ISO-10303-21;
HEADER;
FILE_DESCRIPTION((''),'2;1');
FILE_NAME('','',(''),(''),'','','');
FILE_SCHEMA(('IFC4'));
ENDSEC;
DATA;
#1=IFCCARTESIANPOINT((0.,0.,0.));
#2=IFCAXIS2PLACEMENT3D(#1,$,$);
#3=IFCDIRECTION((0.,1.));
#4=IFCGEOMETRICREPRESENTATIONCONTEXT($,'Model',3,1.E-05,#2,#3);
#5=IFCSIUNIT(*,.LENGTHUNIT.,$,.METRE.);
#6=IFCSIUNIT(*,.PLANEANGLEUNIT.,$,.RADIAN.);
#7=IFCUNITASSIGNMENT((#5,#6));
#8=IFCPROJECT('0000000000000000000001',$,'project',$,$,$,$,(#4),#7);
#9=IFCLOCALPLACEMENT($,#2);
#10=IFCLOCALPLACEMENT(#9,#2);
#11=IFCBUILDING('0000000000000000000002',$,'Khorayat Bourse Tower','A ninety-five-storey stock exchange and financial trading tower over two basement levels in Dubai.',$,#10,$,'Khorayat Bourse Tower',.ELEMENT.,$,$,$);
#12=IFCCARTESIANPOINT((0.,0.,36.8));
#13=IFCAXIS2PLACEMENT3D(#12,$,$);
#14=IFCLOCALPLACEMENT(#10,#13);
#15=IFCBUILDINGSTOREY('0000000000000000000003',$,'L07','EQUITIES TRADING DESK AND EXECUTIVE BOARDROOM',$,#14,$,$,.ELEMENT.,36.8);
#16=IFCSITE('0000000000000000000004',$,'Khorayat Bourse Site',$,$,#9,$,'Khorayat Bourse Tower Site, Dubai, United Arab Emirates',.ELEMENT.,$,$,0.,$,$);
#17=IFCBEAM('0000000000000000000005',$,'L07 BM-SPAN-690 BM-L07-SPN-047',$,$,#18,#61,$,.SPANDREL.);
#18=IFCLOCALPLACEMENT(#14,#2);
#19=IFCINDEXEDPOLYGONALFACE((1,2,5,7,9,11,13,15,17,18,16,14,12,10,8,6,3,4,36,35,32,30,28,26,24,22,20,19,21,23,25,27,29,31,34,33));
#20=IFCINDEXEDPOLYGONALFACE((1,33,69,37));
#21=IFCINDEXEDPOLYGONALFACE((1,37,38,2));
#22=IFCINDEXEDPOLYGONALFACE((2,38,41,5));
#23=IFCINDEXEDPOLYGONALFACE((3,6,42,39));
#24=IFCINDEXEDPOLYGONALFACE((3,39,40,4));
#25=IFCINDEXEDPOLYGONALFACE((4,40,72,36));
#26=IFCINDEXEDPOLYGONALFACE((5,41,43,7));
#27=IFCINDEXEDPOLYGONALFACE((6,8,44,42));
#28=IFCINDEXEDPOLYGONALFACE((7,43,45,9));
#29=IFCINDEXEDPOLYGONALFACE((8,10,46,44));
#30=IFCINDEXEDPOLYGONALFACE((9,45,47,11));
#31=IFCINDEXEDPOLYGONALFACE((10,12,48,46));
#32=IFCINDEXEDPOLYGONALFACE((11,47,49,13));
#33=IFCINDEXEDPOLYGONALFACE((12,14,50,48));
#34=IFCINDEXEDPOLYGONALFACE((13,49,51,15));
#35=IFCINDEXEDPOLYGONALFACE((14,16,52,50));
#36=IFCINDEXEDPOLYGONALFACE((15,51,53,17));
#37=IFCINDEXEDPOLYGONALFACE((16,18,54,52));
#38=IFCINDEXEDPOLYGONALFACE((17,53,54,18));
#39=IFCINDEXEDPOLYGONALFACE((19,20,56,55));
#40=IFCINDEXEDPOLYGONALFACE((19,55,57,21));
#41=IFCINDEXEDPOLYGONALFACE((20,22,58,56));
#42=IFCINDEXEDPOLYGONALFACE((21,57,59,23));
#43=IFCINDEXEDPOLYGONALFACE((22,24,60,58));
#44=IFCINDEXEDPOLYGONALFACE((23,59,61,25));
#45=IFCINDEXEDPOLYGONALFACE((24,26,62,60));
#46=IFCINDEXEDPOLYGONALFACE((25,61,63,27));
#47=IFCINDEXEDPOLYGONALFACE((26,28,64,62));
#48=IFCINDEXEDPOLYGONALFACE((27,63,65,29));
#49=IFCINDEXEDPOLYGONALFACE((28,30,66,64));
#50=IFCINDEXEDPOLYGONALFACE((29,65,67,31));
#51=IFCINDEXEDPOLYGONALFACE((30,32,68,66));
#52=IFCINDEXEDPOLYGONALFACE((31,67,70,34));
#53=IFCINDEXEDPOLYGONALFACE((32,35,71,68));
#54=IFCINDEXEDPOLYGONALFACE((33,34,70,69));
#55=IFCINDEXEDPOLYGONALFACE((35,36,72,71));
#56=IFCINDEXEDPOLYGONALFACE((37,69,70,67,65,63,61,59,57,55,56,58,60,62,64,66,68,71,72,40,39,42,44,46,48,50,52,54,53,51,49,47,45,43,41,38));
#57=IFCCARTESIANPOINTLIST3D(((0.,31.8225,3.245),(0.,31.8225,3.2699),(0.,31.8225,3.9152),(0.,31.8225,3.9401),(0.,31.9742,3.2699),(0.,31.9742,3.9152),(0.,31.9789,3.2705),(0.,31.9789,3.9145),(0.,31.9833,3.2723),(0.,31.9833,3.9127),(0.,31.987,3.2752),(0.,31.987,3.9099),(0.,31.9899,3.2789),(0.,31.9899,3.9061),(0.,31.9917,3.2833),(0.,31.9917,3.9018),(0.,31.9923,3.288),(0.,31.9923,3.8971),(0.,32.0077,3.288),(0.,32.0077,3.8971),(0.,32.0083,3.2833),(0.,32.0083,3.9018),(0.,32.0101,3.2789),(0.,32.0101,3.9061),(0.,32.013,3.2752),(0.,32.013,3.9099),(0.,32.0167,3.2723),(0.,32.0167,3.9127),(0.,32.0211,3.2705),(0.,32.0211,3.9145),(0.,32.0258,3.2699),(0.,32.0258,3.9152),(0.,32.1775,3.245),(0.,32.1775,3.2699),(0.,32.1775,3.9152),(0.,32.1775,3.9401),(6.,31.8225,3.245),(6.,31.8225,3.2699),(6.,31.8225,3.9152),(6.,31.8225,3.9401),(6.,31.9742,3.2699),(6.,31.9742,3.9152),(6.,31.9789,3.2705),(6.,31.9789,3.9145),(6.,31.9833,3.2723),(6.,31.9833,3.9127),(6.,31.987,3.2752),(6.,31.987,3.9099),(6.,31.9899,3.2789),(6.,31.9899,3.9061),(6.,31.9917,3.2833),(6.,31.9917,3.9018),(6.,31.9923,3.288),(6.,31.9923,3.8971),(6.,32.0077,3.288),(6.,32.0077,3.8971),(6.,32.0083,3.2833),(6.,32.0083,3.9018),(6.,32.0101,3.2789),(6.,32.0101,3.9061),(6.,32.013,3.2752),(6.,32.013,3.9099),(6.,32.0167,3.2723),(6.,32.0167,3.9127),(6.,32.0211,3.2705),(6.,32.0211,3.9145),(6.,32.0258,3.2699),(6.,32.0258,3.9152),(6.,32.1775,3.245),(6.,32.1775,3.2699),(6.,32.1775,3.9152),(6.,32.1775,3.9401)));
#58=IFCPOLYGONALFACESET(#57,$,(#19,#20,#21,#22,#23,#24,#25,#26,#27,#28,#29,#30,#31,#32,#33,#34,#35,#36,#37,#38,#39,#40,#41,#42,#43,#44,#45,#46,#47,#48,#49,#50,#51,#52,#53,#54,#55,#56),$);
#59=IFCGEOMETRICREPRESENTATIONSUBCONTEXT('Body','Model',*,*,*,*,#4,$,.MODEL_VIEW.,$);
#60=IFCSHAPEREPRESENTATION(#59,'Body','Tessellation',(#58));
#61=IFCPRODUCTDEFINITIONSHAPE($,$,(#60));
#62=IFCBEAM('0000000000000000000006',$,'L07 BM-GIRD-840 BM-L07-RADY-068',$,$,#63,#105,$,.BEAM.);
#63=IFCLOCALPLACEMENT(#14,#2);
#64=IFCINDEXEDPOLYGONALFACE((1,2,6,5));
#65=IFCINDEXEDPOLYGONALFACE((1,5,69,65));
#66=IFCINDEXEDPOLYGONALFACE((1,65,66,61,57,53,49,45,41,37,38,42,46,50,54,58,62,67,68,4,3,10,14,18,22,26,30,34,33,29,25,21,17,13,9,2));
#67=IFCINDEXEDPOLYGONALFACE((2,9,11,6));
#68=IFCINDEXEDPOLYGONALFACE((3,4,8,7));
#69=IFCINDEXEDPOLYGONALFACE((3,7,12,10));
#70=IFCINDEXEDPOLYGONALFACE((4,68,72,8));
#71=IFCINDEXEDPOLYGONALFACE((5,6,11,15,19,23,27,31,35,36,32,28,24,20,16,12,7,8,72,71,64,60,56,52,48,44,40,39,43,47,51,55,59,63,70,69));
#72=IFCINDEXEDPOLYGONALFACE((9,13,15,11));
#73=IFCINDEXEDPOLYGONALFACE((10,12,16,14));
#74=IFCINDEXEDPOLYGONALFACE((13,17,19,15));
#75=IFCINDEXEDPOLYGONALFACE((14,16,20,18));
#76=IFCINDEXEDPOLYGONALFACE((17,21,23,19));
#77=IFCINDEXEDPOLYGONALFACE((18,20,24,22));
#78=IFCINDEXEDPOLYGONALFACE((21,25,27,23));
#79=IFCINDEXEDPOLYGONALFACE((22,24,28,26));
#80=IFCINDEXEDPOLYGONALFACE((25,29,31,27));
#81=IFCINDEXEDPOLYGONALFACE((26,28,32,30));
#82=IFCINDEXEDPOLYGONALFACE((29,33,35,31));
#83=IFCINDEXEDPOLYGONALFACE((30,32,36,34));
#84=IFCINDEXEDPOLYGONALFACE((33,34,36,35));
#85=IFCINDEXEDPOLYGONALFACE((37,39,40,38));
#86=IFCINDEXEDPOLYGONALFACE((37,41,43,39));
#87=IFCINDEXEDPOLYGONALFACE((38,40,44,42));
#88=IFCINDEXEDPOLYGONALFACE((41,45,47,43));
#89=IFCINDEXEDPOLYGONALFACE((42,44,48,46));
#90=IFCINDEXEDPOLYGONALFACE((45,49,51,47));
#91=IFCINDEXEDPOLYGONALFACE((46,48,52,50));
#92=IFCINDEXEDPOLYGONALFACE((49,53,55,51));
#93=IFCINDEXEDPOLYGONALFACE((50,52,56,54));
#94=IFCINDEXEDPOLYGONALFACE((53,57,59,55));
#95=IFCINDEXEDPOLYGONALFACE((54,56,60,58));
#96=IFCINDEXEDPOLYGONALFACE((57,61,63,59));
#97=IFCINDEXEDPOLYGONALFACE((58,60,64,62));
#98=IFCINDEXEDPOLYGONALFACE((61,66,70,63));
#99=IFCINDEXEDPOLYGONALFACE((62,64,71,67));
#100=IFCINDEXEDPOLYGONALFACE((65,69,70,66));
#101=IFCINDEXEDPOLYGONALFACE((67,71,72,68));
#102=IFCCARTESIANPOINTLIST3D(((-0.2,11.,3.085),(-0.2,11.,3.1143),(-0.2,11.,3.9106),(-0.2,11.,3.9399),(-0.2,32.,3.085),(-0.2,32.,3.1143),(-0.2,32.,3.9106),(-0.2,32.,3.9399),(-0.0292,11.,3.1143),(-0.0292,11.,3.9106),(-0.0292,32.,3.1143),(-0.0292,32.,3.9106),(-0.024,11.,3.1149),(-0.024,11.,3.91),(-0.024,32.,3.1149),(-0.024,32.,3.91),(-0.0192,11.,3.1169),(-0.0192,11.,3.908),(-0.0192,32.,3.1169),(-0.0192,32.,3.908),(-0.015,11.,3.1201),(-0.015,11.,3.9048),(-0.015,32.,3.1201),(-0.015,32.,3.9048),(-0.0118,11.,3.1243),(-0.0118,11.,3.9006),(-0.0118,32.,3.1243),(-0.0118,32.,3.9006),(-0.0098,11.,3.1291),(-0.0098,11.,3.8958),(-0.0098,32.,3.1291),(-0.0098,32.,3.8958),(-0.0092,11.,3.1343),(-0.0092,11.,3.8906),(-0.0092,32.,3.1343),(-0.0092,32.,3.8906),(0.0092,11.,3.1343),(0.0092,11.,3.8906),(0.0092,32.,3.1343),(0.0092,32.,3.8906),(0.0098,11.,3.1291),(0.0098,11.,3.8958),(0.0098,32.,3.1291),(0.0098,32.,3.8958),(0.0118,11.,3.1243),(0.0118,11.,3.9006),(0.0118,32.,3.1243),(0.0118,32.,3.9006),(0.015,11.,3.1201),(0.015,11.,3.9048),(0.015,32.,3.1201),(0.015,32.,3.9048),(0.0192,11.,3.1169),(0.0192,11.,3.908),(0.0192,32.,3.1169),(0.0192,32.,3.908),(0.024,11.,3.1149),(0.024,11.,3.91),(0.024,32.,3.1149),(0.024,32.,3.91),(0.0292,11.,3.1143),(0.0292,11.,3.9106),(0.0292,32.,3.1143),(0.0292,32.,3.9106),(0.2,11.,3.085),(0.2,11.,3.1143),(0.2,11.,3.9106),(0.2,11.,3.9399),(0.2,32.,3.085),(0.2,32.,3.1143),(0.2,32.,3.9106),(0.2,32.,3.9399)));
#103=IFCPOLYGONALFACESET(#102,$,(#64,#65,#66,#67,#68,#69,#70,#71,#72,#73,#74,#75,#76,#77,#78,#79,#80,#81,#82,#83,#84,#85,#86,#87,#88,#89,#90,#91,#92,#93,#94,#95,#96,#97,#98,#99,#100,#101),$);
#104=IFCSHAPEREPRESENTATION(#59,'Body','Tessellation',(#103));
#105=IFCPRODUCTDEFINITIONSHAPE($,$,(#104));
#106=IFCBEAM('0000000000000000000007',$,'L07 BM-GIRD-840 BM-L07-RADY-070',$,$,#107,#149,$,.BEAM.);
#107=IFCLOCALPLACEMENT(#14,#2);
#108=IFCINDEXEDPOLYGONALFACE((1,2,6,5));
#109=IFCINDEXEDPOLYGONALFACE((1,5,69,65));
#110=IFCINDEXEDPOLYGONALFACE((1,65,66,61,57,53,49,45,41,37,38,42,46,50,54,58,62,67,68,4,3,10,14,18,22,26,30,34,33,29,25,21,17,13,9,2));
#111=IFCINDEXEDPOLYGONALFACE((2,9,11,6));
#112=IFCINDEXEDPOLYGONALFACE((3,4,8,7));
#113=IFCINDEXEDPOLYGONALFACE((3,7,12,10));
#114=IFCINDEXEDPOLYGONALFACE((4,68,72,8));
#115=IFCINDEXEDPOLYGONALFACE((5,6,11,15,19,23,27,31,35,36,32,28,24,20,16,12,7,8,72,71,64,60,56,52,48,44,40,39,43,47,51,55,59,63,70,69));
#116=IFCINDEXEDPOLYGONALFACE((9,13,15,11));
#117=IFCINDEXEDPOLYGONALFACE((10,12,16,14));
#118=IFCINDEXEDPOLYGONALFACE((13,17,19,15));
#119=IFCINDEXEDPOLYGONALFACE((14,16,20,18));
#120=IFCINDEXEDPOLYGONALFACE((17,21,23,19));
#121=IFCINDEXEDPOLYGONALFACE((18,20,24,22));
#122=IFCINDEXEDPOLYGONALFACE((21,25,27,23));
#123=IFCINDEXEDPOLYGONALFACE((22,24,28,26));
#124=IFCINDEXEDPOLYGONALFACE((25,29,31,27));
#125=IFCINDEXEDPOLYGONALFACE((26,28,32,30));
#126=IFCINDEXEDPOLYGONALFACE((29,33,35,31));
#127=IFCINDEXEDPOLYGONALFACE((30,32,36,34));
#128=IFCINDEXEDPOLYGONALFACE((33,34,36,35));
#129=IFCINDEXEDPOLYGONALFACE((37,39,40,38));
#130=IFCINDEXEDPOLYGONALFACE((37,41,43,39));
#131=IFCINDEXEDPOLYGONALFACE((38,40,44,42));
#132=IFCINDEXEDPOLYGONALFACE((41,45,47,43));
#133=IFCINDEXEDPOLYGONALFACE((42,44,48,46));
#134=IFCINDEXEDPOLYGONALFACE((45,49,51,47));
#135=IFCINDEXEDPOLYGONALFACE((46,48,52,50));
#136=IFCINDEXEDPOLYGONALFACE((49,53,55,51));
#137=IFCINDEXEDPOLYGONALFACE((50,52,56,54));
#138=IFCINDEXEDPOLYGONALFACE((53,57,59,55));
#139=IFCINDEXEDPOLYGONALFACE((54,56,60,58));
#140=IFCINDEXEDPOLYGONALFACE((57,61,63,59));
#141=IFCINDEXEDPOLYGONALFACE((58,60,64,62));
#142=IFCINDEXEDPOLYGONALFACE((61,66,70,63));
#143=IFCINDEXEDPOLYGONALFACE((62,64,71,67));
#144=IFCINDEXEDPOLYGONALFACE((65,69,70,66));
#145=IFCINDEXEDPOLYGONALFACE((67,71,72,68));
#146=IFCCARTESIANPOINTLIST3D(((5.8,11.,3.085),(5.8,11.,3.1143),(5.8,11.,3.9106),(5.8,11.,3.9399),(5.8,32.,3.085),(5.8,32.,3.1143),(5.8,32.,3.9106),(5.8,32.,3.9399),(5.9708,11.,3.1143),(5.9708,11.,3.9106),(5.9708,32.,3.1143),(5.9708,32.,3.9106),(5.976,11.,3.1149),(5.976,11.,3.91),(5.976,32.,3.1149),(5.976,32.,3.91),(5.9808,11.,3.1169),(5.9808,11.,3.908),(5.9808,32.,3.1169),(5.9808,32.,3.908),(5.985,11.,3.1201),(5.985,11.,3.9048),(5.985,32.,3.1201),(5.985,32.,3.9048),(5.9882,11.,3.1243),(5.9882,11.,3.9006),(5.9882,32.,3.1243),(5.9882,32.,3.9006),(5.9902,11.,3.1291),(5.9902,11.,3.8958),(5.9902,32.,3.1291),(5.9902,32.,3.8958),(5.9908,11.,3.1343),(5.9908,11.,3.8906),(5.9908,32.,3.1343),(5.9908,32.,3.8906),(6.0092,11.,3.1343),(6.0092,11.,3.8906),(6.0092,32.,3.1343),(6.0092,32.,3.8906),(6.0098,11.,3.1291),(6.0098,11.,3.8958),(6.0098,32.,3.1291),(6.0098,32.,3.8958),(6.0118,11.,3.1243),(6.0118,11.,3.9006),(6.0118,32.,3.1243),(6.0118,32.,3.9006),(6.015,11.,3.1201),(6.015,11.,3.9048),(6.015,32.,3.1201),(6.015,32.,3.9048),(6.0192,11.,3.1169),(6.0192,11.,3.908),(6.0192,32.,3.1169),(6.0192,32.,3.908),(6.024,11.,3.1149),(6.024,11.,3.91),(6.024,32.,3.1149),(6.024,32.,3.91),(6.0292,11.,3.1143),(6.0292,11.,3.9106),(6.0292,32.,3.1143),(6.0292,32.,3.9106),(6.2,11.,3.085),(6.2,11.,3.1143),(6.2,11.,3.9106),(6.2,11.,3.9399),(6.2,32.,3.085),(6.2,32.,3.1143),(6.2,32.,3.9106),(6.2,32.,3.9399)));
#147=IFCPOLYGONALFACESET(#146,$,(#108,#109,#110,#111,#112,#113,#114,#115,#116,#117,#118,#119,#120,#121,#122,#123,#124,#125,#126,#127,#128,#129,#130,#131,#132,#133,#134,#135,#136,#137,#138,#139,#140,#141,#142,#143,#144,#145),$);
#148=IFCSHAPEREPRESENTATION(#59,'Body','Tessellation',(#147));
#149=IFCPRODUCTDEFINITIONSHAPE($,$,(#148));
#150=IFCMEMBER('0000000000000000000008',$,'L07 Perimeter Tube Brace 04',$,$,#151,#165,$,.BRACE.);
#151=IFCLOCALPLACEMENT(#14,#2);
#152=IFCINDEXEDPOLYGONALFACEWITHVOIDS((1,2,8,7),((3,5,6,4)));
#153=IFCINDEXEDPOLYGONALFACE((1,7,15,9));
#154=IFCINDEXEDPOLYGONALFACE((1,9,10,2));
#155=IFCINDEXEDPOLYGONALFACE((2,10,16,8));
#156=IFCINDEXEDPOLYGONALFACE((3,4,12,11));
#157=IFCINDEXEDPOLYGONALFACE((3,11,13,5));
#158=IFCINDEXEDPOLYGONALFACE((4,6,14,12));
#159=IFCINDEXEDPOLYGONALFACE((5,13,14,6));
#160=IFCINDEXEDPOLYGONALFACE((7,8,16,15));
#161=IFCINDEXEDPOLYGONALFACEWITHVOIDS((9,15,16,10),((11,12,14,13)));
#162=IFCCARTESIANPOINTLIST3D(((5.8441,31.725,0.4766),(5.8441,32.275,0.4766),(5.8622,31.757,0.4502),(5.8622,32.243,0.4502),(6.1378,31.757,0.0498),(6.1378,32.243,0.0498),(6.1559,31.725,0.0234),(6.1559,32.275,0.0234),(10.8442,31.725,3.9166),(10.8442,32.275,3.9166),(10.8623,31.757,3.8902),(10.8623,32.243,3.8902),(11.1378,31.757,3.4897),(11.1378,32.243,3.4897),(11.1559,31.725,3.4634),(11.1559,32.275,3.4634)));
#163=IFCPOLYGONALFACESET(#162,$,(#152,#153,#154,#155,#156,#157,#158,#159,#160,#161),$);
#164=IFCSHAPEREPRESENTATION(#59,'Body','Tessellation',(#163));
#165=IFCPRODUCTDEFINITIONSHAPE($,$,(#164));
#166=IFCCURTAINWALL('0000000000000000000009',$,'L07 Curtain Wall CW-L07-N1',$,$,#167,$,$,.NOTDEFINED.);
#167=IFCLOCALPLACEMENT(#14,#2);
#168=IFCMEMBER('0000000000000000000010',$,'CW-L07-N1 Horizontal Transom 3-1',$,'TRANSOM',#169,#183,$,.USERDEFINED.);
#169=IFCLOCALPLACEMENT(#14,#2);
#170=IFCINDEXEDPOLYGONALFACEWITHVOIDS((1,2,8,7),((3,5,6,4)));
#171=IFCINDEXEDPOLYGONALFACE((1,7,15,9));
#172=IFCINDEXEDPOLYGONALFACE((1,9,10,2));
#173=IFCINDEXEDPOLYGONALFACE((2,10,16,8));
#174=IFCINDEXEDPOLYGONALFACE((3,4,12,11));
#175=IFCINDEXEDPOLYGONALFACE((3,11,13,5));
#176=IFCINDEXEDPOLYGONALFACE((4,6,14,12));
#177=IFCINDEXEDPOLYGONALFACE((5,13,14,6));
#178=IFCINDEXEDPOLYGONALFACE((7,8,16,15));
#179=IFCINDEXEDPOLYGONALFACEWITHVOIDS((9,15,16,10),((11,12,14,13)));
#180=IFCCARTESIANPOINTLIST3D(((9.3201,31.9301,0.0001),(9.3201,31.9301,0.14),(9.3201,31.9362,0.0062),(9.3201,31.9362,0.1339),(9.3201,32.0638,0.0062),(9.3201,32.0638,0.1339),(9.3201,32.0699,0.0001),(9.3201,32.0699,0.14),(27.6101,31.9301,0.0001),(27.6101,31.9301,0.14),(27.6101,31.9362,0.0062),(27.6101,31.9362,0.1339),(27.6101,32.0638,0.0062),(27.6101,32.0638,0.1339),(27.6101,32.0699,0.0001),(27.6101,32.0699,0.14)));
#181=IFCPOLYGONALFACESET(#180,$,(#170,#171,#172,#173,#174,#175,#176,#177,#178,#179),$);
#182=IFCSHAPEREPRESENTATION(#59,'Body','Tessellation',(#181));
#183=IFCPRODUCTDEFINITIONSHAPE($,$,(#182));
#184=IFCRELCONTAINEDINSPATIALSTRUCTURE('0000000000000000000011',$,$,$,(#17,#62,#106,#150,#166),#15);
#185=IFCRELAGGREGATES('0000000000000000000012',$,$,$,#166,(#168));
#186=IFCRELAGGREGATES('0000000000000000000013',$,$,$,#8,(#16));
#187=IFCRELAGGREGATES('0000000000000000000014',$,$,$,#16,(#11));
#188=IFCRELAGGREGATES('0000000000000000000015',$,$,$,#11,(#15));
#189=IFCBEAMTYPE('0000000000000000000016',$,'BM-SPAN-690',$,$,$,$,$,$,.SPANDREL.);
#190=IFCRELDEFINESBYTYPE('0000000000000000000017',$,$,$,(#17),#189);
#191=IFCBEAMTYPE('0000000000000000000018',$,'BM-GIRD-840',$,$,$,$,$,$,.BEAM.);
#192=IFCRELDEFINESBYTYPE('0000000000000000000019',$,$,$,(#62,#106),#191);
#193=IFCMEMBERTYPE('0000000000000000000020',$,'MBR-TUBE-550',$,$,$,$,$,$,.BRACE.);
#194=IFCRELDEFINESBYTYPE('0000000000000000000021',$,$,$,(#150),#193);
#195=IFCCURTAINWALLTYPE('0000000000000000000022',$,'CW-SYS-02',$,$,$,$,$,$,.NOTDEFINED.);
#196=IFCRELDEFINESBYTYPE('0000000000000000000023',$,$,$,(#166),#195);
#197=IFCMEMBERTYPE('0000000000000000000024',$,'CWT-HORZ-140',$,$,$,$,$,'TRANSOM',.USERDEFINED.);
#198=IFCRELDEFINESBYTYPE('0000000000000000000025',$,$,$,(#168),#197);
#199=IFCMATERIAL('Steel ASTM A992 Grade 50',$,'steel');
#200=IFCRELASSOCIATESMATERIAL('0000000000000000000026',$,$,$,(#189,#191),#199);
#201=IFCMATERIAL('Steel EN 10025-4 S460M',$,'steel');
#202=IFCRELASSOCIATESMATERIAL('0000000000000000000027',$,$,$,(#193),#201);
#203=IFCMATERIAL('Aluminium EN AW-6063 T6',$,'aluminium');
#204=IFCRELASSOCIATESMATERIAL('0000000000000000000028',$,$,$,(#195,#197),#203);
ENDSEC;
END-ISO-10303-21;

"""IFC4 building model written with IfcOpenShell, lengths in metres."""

from ifc_helpers import new_model, si_unit, direction, frame, origin, origin_2d, place, context, subcontext, project, spatial, hollow_rectangle, i_section, extrude, source, transform, mapped, material, material_profile, profile_set, type_object, element, aggregate, save


model = new_model("IFC4")

# Units and contexts
model_context = context("Model", 3, precision=1e-05, world=origin(), true_north=direction((0.0, 1.0)))
body_context = subcontext(model_context, "Body", "Model", "MODEL_VIEW")
ifc_project = project(units=[si_unit("LENGTHUNIT", "METRE"), si_unit("PLANEANGLEUNIT", "RADIAN")], contexts=[model_context])

# Site, building, storey
site_placement = place(None, origin())
site = spatial("IfcSite", under=ifc_project, at=site_placement, Name="Khorayat Bourse Site", LongName="Khorayat Bourse Tower Site, Dubai, United Arab Emirates", CompositionType="ELEMENT", RefElevation=0.0)
building_placement = place(site_placement, origin())
building = spatial("IfcBuilding", under=site, at=building_placement, Name="Khorayat Bourse Tower", Description="A ninety-five-storey stock exchange and financial trading tower over two basement levels in Dubai.", LongName="Khorayat Bourse Tower", CompositionType="ELEMENT")
storey_placement = place(building_placement, frame((0.0, 0.0, 36.8)))
storey = spatial("IfcBuildingStorey", under=building, at=storey_placement, Name="L07", Description="EQUITIES TRADING DESK AND EXECUTIVE BOARDROOM", CompositionType="ELEMENT", Elevation=36.8)

# Shared definitions
ifc_material_1 = material(Name="Steel EN 10025-4 S460M", Category="steel")

# Beams
ifc_material_2 = material(Name="Steel ASTM A992 Grade 50", Category="steel")
ifc_material_profile_1 = material_profile(ifc_material_2, i_section(OverallWidth=0.355, OverallDepth=0.6951, WebThickness=0.0154, FlangeThickness=0.0249, FilletRadius=0.0181, at=origin_2d()), Name="W690X217")
ifc_profile_set_1 = profile_set([ifc_material_profile_1], Name="Steel ASTM A992 Grade 50")
beam_type_1 = type_object("IfcBeamType", Name="BM-SPAN-690", PredefinedType="SPANDREL", material=ifc_profile_set_1)
shared_shape_1 = source(origin(), body_context, "Body", "SweptSolid", [
    extrude(i_section(OverallWidth=0.355, OverallDepth=0.6951, WebThickness=0.0154, FlangeThickness=0.0249, FilletRadius=0.0181, at=origin_2d()), origin(), (0.0, 0.0, 1.0), 6.0),
])
beam_1_placement = place(storey_placement, frame((0.0, 32.0, 3.5925), z_axis=(1.0, 0.0, 0.0), x_axis=(0.0, 1.0, 0.0)))
element("IfcBeam", 1, at=beam_1_placement, inside=storey, type_object=beam_type_1, Name="L07 BM-SPAN-690 BM-L07-SPN-047", PredefinedType="SPANDREL", context=body_context, shape_type="MappedRepresentation", body=[
    mapped(shared_shape_1, transform((0.0, 0.0, 0.0), scale=1.0)),
])
ifc_material_profile_2 = material_profile(ifc_material_2, i_section(OverallWidth=0.3999, OverallDepth=0.855, WebThickness=0.0183, FlangeThickness=0.0293, FilletRadius=0.02, at=origin_2d()), Name="W840X299")
ifc_profile_set_2 = profile_set([ifc_material_profile_2], Name="Steel ASTM A992 Grade 50")
beam_type_2 = type_object("IfcBeamType", Name="BM-GIRD-840", PredefinedType="BEAM", material=ifc_profile_set_2)
shared_shape_2 = source(origin(), body_context, "Body", "SweptSolid", [
    extrude(i_section(OverallWidth=0.3999, OverallDepth=0.855, WebThickness=0.0183, FlangeThickness=0.0293, FilletRadius=0.02, at=origin_2d()), origin(), (0.0, 0.0, 1.0), 21.0),
])
for number, where, z_axis, x_axis, name in (
    (2, (0.0, 11.0, 3.5125), (0.0, 1.0, 0.0), (-1.0, 0.0, 0.0), "L07 BM-GIRD-840 BM-L07-RADY-068"),
    (3, (6.0, 11.0, 3.5125), (0.0, 1.0, 0.0), (-1.0, 0.0, 0.0), "L07 BM-GIRD-840 BM-L07-RADY-070"),
):
    element("IfcBeam", number, at=place(storey_placement, frame(where, z_axis=z_axis, x_axis=x_axis)), inside=storey, type_object=beam_type_2, Name=name, PredefinedType="BEAM", context=body_context, shape_type="MappedRepresentation", body=[
        mapped(shared_shape_2, transform((0.0, 0.0, 0.0), scale=1.0)),
    ])

# Member
ifc_material_profile_3 = material_profile(ifc_material_1, hollow_rectangle(XDim=0.55, YDim=0.55, WallThickness=0.032, at=origin_2d()), Name="HSS 550x550x32")
ifc_profile_set_3 = profile_set([ifc_material_profile_3], Name="Steel EN 10025-4 S460M")
member_type_1 = type_object("IfcMemberType", Name="MBR-TUBE-550", PredefinedType="BRACE", material=ifc_profile_set_3)
shared_shape_3 = source(origin(), body_context, "Body", "SweptSolid", [
    extrude(hollow_rectangle(XDim=0.55, YDim=0.55, WallThickness=0.032, at=origin_2d()), origin(), (0.0, 0.0, 1.0), 6.0691),
])
member_1_placement = place(storey_placement, frame((6.0, 32.0, 0.25), z_axis=(0.823854, 0.0, 0.566802), x_axis=(0.0, 1.0, 0.0)))
element("IfcMember", 4, at=member_1_placement, inside=storey, type_object=member_type_1, Name="L07 Perimeter Tube Brace 04", PredefinedType="BRACE", context=body_context, shape_type="MappedRepresentation", body=[
    mapped(shared_shape_3, transform((0.0, 0.0, 0.0), scale=1.0)),
])

# Curtain wall, member
ifc_material_3 = material(Name="Aluminium EN AW-6063 T6", Category="aluminium")
curtain_wall_type = type_object("IfcCurtainWallType", Name="CW-SYS-02", PredefinedType="NOTDEFINED", material=ifc_material_3)
curtain_wall_placement = place(storey_placement, origin())
curtain_wall = element("IfcCurtainWall", 5, at=curtain_wall_placement, inside=storey, type_object=curtain_wall_type, Name="L07 Curtain Wall CW-L07-N1", PredefinedType="NOTDEFINED")
ifc_material_profile_4 = material_profile(ifc_material_3, hollow_rectangle(XDim=0.1399, YDim=0.1399, WallThickness=0.0061, at=origin_2d()), Name="ALU 140x140x6")
ifc_profile_set_4 = profile_set([ifc_material_profile_4], Name="Aluminium EN AW-6063 T6")
member_type_2 = type_object("IfcMemberType", Name="CWT-HORZ-140", ElementType="TRANSOM", PredefinedType="USERDEFINED", material=ifc_profile_set_4)
shared_shape_4 = source(origin(), body_context, "Body", "SweptSolid", [
    extrude(hollow_rectangle(XDim=0.1399, YDim=0.1399, WallThickness=0.0061, at=origin_2d()), origin(), (0.0, 0.0, 1.0), 18.29),
])
member_2_placement = place(storey_placement, frame((9.3201, 32.0, 0.0701), z_axis=(1.0, 0.0, 0.0), x_axis=(0.0, 1.0, 0.0)))
member_2 = element("IfcMember", 6, at=member_2_placement, type_object=member_type_2, Name="CW-L07-N1 Horizontal Transom 3-1", ObjectType="TRANSOM", PredefinedType="USERDEFINED", context=body_context, shape_type="MappedRepresentation", body=[
    mapped(shared_shape_4, transform((0.0, 0.0, 0.0), scale=1.0)),
])

aggregate(curtain_wall, [member_2])

save(model, "model.ifc")
